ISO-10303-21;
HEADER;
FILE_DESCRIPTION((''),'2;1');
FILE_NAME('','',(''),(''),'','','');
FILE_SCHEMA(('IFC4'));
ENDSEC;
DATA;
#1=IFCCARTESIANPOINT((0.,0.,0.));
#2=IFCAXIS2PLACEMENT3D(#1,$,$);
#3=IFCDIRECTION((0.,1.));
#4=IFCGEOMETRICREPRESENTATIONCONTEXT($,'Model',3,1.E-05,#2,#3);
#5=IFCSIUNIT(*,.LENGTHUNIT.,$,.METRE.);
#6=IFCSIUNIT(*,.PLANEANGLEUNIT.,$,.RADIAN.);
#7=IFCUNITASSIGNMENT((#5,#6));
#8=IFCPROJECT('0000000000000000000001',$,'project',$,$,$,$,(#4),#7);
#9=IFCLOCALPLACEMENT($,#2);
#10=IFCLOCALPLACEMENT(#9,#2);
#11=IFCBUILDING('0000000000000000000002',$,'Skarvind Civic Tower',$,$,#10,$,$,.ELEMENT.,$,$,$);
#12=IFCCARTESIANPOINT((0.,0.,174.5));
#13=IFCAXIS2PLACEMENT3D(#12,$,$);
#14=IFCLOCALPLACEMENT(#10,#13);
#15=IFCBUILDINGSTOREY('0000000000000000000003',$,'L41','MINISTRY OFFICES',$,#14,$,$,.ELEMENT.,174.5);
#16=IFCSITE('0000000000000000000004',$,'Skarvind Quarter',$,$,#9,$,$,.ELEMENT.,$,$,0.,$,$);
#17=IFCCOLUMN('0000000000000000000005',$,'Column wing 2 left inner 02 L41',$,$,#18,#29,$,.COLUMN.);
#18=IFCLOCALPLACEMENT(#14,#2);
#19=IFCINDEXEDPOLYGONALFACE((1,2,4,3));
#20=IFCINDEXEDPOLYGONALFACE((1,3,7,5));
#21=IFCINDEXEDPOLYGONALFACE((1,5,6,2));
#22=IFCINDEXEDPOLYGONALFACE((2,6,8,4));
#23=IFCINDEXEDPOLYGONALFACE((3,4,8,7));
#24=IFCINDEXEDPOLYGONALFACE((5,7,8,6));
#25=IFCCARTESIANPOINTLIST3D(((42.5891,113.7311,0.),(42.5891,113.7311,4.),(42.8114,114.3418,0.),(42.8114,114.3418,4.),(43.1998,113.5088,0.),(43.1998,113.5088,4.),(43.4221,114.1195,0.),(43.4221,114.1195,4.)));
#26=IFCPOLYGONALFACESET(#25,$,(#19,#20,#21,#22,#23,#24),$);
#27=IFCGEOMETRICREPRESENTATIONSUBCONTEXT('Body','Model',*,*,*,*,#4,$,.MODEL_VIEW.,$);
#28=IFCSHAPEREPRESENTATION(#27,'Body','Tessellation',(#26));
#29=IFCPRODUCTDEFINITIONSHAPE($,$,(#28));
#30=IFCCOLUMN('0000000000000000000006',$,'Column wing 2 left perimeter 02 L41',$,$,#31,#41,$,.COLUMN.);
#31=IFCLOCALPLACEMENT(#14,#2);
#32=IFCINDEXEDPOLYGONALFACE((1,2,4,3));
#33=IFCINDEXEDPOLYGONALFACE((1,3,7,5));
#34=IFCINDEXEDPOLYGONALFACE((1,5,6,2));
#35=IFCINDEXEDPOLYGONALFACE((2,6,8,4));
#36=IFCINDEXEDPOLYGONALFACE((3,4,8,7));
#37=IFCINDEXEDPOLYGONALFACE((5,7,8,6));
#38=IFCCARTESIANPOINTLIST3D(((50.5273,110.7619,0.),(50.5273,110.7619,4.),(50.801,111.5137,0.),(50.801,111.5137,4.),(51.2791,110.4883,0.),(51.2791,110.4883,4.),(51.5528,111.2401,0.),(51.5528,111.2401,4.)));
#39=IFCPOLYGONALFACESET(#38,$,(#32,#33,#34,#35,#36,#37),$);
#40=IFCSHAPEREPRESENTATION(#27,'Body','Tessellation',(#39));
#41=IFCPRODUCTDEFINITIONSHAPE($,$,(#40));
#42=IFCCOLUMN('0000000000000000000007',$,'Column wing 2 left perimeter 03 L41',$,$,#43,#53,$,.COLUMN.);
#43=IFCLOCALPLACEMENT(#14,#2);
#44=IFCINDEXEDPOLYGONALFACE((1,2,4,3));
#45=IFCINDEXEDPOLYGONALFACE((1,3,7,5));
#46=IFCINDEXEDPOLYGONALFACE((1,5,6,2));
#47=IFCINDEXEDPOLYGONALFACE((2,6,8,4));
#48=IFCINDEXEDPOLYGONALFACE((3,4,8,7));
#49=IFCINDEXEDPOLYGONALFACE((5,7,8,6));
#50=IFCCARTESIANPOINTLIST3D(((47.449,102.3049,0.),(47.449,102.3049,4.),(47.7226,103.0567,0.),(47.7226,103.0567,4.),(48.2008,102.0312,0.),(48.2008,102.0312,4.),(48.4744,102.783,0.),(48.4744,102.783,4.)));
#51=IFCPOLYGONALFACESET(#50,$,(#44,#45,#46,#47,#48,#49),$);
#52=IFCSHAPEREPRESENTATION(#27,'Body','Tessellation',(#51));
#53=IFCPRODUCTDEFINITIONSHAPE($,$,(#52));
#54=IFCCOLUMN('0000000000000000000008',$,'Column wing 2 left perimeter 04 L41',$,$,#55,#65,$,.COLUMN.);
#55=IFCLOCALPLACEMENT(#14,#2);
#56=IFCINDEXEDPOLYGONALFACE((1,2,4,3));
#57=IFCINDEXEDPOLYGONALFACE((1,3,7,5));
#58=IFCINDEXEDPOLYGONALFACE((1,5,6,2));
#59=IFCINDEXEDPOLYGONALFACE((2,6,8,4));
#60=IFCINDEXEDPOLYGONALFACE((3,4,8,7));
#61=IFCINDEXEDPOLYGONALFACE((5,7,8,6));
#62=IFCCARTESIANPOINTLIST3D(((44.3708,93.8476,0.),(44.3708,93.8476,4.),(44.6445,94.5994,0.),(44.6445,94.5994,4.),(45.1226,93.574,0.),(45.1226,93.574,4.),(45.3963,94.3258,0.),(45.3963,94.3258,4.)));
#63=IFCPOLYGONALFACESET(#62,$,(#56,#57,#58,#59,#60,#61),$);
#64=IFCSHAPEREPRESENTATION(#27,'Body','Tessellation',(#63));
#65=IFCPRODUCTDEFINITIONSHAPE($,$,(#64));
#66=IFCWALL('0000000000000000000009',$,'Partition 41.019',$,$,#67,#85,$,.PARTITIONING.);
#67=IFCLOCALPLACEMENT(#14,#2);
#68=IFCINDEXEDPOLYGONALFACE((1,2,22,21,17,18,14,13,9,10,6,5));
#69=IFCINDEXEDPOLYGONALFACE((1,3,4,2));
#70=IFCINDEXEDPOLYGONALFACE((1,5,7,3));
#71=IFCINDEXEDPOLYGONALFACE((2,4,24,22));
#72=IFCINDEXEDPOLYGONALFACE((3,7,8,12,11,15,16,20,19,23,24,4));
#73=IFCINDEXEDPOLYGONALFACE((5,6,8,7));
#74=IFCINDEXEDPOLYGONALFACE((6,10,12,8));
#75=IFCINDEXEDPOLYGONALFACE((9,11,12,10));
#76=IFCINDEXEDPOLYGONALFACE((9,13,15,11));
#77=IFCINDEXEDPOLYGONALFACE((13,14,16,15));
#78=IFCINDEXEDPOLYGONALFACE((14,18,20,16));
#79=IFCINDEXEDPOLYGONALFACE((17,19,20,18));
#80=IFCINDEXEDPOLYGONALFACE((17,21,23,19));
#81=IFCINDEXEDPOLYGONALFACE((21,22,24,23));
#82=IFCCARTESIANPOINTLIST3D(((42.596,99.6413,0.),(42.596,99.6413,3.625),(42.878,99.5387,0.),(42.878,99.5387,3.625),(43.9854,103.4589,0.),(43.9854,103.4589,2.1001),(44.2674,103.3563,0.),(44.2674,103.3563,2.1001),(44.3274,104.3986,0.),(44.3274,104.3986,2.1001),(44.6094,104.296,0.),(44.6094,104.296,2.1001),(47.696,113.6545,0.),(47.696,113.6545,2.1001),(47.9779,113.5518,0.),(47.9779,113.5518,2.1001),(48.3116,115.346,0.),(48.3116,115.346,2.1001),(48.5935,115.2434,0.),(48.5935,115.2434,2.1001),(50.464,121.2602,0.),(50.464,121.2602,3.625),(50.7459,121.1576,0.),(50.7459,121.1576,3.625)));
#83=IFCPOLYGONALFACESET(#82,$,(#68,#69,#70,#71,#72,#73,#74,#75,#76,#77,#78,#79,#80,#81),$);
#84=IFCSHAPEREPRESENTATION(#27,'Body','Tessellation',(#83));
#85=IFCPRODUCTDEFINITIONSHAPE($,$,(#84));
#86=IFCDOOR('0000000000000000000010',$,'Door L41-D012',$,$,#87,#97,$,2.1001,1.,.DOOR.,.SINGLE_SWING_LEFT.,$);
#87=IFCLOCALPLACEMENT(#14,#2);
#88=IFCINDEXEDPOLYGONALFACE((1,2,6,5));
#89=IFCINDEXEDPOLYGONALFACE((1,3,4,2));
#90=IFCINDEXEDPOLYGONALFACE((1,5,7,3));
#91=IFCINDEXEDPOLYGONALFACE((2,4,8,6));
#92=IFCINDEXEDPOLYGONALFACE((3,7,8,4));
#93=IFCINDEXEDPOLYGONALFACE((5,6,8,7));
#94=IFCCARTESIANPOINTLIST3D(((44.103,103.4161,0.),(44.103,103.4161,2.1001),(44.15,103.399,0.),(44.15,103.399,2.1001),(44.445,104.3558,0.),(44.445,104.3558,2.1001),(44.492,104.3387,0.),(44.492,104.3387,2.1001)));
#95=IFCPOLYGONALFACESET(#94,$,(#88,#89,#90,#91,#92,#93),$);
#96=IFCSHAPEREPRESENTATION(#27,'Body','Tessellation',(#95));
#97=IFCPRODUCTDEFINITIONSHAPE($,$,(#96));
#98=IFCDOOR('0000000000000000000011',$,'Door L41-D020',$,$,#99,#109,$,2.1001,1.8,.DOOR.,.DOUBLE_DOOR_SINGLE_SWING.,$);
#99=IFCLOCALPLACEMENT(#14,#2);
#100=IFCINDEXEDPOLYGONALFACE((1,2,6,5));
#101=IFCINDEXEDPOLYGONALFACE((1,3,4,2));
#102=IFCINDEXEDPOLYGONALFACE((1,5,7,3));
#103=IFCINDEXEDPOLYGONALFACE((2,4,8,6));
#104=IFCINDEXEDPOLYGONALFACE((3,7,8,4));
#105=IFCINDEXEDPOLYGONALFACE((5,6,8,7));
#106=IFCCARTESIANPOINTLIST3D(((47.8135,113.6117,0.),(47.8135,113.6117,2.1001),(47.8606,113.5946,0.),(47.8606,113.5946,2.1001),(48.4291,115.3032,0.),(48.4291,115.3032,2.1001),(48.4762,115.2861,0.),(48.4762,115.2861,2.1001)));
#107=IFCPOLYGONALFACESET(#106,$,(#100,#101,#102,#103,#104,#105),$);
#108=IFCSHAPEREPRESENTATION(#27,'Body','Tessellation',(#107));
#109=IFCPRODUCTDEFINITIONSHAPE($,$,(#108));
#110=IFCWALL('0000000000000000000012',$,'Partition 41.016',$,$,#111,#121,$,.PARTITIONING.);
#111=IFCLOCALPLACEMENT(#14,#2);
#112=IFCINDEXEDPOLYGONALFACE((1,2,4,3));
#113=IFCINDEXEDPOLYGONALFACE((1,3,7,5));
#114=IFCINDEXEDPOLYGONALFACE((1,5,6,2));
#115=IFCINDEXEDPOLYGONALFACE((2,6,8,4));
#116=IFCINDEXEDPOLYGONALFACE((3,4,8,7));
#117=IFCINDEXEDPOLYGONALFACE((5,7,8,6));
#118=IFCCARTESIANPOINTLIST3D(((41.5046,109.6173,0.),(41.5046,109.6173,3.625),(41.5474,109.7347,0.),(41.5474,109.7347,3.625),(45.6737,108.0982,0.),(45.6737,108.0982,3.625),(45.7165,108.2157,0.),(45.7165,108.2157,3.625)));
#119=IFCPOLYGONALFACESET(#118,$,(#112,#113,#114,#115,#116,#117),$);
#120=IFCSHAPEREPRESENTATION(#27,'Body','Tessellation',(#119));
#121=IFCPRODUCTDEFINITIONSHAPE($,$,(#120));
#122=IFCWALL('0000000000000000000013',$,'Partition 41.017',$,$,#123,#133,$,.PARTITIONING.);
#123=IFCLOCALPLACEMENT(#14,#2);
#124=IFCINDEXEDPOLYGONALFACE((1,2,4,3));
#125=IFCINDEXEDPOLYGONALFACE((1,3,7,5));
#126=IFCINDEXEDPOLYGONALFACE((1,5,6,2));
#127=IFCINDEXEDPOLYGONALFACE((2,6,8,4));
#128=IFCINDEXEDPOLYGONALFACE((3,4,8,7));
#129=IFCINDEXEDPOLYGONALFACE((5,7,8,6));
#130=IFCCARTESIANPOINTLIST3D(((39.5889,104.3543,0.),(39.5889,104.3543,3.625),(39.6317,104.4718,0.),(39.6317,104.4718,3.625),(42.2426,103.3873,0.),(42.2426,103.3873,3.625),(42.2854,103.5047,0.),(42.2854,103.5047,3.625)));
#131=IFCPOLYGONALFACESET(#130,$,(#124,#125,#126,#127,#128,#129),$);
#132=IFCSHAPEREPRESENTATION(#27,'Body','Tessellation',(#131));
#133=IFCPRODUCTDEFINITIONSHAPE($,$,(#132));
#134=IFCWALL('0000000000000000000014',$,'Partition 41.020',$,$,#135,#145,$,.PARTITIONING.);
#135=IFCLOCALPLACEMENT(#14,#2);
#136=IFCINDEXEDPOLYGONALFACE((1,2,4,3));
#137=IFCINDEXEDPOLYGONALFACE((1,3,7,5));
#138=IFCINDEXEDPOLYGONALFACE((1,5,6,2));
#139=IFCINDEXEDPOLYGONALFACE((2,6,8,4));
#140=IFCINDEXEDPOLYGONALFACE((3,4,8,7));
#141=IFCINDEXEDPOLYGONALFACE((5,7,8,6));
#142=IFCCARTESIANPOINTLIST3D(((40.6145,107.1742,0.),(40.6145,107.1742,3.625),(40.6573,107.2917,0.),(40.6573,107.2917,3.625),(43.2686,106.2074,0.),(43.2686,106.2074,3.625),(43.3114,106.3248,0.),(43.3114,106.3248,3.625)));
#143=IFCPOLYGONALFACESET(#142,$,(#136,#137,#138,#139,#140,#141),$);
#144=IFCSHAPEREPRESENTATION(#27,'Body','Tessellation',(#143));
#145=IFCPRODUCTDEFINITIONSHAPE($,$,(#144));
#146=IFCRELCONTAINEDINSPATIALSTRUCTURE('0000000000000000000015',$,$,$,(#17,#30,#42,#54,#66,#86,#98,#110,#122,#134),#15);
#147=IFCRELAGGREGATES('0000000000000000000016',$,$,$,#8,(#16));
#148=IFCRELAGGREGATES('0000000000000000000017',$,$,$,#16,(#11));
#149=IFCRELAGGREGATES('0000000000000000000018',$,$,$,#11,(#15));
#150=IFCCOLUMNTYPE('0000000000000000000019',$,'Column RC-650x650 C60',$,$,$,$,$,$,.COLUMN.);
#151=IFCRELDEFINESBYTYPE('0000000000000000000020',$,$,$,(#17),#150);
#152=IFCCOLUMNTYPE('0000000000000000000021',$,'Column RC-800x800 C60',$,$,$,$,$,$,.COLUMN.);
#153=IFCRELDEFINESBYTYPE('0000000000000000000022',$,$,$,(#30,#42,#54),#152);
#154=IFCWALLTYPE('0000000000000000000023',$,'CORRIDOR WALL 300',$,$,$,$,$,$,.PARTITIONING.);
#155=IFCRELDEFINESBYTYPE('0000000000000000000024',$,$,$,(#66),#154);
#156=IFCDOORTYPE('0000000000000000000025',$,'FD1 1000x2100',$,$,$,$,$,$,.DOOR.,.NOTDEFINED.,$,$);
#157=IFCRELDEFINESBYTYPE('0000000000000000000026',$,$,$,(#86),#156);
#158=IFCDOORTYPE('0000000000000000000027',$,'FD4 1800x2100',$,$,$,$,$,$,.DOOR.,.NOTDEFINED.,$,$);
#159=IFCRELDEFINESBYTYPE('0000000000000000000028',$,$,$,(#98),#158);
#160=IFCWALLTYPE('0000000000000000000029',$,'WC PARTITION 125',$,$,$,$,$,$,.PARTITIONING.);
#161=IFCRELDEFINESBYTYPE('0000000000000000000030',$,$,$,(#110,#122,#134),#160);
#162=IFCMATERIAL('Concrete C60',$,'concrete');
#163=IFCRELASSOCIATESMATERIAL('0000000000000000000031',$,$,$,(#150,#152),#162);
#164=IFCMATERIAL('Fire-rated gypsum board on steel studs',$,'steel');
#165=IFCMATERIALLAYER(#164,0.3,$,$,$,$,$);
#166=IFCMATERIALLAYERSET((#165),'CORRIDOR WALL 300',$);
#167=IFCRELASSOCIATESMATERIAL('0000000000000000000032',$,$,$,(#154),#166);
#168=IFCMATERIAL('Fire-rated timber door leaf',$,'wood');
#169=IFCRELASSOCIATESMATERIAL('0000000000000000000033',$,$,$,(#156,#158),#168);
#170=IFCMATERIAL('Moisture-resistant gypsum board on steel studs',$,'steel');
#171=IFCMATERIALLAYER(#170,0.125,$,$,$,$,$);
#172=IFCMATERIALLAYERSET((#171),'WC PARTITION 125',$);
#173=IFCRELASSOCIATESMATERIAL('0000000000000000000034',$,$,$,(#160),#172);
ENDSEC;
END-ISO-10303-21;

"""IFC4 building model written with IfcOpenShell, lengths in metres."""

from ifc_helpers import new_model, si_unit, direction, frame, frame_2d, origin, origin_2d, place, context, subcontext, project, spatial, rectangle, extrude, material, layer, layer_set, material_profile, profile_set, type_object, element, fill, save


model = new_model("IFC4")

# Units and contexts
model_context = context("Model", 3, precision=1e-05, world=origin(), true_north=direction((0.0, 1.0)))
body_context = subcontext(model_context, "Body", "Model", "MODEL_VIEW")
ifc_project = project(units=[si_unit("LENGTHUNIT", "METRE"), si_unit("PLANEANGLEUNIT", "RADIAN")], contexts=[model_context])

# Site, building, storey
site_placement = place(None, origin())
site = spatial("IfcSite", under=ifc_project, at=site_placement, Name="Skarvind Quarter", CompositionType="ELEMENT", RefElevation=0.0)
building_placement = place(site_placement, origin())
building = spatial("IfcBuilding", under=site, at=building_placement, Name="Skarvind Civic Tower", CompositionType="ELEMENT")
storey_placement = place(building_placement, frame((0.0, 0.0, 174.5)))
storey = spatial("IfcBuildingStorey", under=building, at=storey_placement, Name="L41", Description="MINISTRY OFFICES", CompositionType="ELEMENT", Elevation=174.5)

# Columns
ifc_material_1 = material(Name="Concrete C60", Category="concrete")
ifc_material_profile_1 = material_profile(ifc_material_1, rectangle(XDim=0.6499, YDim=0.6499, at=origin_2d()), Name="RC-650x650")
ifc_profile_set_1 = profile_set([ifc_material_profile_1], Name="Concrete C60")
column_type_1 = type_object("IfcColumnType", Name="Column RC-650x650 C60", PredefinedType="COLUMN", material=ifc_profile_set_1)
column_placement = place(storey_placement, frame((43.0056, 113.9253, 0.0), z_axis=(0.0, 0.0, 1.0), x_axis=(-0.34202, -0.939693, 0.0)))
element("IfcColumn", 1, at=column_placement, inside=storey, type_object=column_type_1, Name="Column wing 2 left inner 02 L41", PredefinedType="COLUMN", context=body_context, shape_type="SweptSolid", body=[
    extrude(rectangle(XDim=0.6499, YDim=0.6499, at=origin_2d()), origin(), (0.0, 0.0, 1.0), 4.0),
])
ifc_material_profile_2 = material_profile(ifc_material_1, rectangle(XDim=0.8, YDim=0.8, at=origin_2d()), Name="RC-800x800")
ifc_profile_set_2 = profile_set([ifc_material_profile_2], Name="Concrete C60")
column_type_2 = type_object("IfcColumnType", Name="Column RC-800x800 C60", PredefinedType="COLUMN", material=ifc_profile_set_2)
for number, where, z_axis, x_axis, name in (
    (2, (51.04, 111.001, 0.0), (0.0, 0.0, 1.0), (-0.34202, -0.939693, 0.0), "Column wing 2 left perimeter 02 L41"),
    (3, (47.9617, 102.5439, 0.0), (0.0, 0.0, 1.0), (-0.34202, -0.939693, 0.0), "Column wing 2 left perimeter 03 L41"),
    (4, (44.8835, 94.0867, 0.0), (0.0, 0.0, 1.0), (-0.34202, -0.939693, 0.0), "Column wing 2 left perimeter 04 L41"),
):
    element("IfcColumn", number, at=place(storey_placement, frame(where, z_axis=z_axis, x_axis=x_axis)), inside=storey, type_object=column_type_2, Name=name, PredefinedType="COLUMN", context=body_context, shape_type="SweptSolid", body=[
        extrude(rectangle(XDim=0.8, YDim=0.8, at=origin_2d()), origin(), (0.0, 0.0, 1.0), 4.0),
    ])

# Wall, openings, doors
ifc_material_2 = material(Name="Fire-rated gypsum board on steel studs", Category="steel")
ifc_layer_1 = layer(ifc_material_2, 0.3)
ifc_layer_set_1 = layer_set([ifc_layer_1], Name="CORRIDOR WALL 300")
wall_type_1 = type_object("IfcWallType", Name="CORRIDOR WALL 300", PredefinedType="PARTITIONING", material=ifc_layer_set_1)
wall_1_placement = place(storey_placement, frame((42.7371, 99.5901, 0.0), z_axis=(0.0, 0.0, 1.0), x_axis=(0.341993, 0.939703, 0.0)))
wall_1 = element("IfcWall", 5, at=wall_1_placement, inside=storey, type_object=wall_type_1, Name="Partition 41.019", PredefinedType="PARTITIONING", context=body_context, shape_type="SweptSolid", body=[
    extrude(rectangle(XDim=23.0061, YDim=0.3, at=frame_2d((11.5029, 0.0))), origin(), (0.0, 0.0, 1.0), 3.625),
])
opening_1_placement = place(wall_1_placement, frame((4.0625, 0.0, 0.0)))
opening_1 = element("IfcOpeningElement", 6, at=opening_1_placement, cuts=wall_1, PredefinedType="OPENING", context=body_context, shape_type="SweptSolid", body=[
    extrude(rectangle(XDim=1.0, YDim=2.1001, at=frame_2d((0.5, 1.05))), frame((0.0, 0.1599, 0.0), z_axis=(0.0, -1.0, 0.0), x_axis=(1.0, 0.0, 0.0)), (0.0, 0.0, 1.0), 0.3201),
])
opening_2_placement = place(wall_1_placement, frame((14.9124, 0.0, 0.0)))
opening_2 = element("IfcOpeningElement", 7, at=opening_2_placement, cuts=wall_1, PredefinedType="OPENING", context=body_context, shape_type="SweptSolid", body=[
    extrude(rectangle(XDim=1.8, YDim=2.1001, at=frame_2d((0.8999, 1.05))), frame((0.0, 0.1599, 0.0), z_axis=(0.0, -1.0, 0.0), x_axis=(1.0, 0.0, 0.0)), (0.0, 0.0, 1.0), 0.3201),
])
ifc_material_3 = material(Name="Fire-rated timber door leaf", Category="wood")
door_type_1 = type_object("IfcDoorType", Name="FD1 1000x2100", OperationType="NOTDEFINED", PredefinedType="DOOR", material=ifc_material_3)
door_1_placement = place(opening_1_placement, origin())
door_1 = element("IfcDoor", 8, at=door_1_placement, inside=storey, type_object=door_type_1, Name="Door L41-D012", OperationType="SINGLE_SWING_LEFT", OverallHeight=2.1001, OverallWidth=1.0, PredefinedType="DOOR", context=body_context, shape_type="SweptSolid", body=[
    extrude(rectangle(XDim=1.0, YDim=2.1001, at=frame_2d((0.5, 1.05))), frame((0.0, 0.0249, 0.0), z_axis=(0.0, -1.0, 0.0), x_axis=(1.0, 0.0, 0.0)), (0.0, 0.0, 1.0), 0.05),
])
fill(opening_1, door_1)
door_type_2 = type_object("IfcDoorType", Name="FD4 1800x2100", OperationType="NOTDEFINED", PredefinedType="DOOR", material=ifc_material_3)
door_2_placement = place(opening_2_placement, origin())
door_2 = element("IfcDoor", 9, at=door_2_placement, inside=storey, type_object=door_type_2, Name="Door L41-D020", OperationType="DOUBLE_DOOR_SINGLE_SWING", OverallHeight=2.1001, OverallWidth=1.8, PredefinedType="DOOR", context=body_context, shape_type="SweptSolid", body=[
    extrude(rectangle(XDim=1.8, YDim=2.1001, at=frame_2d((0.8999, 1.05))), frame((0.0, 0.0249, 0.0), z_axis=(0.0, -1.0, 0.0), x_axis=(1.0, 0.0, 0.0)), (0.0, 0.0, 1.0), 0.05),
])
fill(opening_2, door_2)

# Walls
ifc_material_4 = material(Name="Moisture-resistant gypsum board on steel studs", Category="steel")
ifc_layer_2 = layer(ifc_material_4, 0.125)
ifc_layer_set_2 = layer_set([ifc_layer_2], Name="WC PARTITION 125")
wall_type_2 = type_object("IfcWallType", Name="WC PARTITION 125", PredefinedType="PARTITIONING", material=ifc_layer_set_2)
wall_2_placement = place(storey_placement, frame((41.5259, 109.676, 0.0), z_axis=(0.0, 0.0, 1.0), x_axis=(0.939578, -0.342335, 0.0)))
element("IfcWall", 10, at=wall_2_placement, inside=storey, type_object=wall_type_2, Name="Partition 41.016", PredefinedType="PARTITIONING", context=body_context, shape_type="SweptSolid", body=[
    extrude(rectangle(XDim=4.4373, YDim=0.125, at=frame_2d((2.2188, 0.0))), origin(), (0.0, 0.0, 1.0), 3.625),
])
wall_3_placement = place(storey_placement, frame((42.2639, 103.446, 0.0), z_axis=(0.0, 0.0, 1.0), x_axis=(-0.939564, 0.342375, 0.0)))
element("IfcWall", 11, at=wall_3_placement, inside=storey, type_object=wall_type_2, Name="Partition 41.017", PredefinedType="PARTITIONING", context=body_context, shape_type="SweptSolid", body=[
    extrude(rectangle(XDim=2.8245, YDim=0.125, at=frame_2d((1.4121, 0.0))), origin(), (0.0, 0.0, 1.0), 3.625),
])
wall_4_placement = place(storey_placement, frame((43.29, 106.2661, 0.0), z_axis=(0.0, 0.0, 1.0), x_axis=(-0.939601, 0.34227, 0.0)))
element("IfcWall", 12, at=wall_4_placement, inside=storey, type_object=wall_type_2, Name="Partition 41.020", PredefinedType="PARTITIONING", context=body_context, shape_type="SweptSolid", body=[
    extrude(rectangle(XDim=2.8247, YDim=0.125, at=frame_2d((1.4124, 0.0))), origin(), (0.0, 0.0, 1.0), 3.625),
])

save(model, "model.ifc")
